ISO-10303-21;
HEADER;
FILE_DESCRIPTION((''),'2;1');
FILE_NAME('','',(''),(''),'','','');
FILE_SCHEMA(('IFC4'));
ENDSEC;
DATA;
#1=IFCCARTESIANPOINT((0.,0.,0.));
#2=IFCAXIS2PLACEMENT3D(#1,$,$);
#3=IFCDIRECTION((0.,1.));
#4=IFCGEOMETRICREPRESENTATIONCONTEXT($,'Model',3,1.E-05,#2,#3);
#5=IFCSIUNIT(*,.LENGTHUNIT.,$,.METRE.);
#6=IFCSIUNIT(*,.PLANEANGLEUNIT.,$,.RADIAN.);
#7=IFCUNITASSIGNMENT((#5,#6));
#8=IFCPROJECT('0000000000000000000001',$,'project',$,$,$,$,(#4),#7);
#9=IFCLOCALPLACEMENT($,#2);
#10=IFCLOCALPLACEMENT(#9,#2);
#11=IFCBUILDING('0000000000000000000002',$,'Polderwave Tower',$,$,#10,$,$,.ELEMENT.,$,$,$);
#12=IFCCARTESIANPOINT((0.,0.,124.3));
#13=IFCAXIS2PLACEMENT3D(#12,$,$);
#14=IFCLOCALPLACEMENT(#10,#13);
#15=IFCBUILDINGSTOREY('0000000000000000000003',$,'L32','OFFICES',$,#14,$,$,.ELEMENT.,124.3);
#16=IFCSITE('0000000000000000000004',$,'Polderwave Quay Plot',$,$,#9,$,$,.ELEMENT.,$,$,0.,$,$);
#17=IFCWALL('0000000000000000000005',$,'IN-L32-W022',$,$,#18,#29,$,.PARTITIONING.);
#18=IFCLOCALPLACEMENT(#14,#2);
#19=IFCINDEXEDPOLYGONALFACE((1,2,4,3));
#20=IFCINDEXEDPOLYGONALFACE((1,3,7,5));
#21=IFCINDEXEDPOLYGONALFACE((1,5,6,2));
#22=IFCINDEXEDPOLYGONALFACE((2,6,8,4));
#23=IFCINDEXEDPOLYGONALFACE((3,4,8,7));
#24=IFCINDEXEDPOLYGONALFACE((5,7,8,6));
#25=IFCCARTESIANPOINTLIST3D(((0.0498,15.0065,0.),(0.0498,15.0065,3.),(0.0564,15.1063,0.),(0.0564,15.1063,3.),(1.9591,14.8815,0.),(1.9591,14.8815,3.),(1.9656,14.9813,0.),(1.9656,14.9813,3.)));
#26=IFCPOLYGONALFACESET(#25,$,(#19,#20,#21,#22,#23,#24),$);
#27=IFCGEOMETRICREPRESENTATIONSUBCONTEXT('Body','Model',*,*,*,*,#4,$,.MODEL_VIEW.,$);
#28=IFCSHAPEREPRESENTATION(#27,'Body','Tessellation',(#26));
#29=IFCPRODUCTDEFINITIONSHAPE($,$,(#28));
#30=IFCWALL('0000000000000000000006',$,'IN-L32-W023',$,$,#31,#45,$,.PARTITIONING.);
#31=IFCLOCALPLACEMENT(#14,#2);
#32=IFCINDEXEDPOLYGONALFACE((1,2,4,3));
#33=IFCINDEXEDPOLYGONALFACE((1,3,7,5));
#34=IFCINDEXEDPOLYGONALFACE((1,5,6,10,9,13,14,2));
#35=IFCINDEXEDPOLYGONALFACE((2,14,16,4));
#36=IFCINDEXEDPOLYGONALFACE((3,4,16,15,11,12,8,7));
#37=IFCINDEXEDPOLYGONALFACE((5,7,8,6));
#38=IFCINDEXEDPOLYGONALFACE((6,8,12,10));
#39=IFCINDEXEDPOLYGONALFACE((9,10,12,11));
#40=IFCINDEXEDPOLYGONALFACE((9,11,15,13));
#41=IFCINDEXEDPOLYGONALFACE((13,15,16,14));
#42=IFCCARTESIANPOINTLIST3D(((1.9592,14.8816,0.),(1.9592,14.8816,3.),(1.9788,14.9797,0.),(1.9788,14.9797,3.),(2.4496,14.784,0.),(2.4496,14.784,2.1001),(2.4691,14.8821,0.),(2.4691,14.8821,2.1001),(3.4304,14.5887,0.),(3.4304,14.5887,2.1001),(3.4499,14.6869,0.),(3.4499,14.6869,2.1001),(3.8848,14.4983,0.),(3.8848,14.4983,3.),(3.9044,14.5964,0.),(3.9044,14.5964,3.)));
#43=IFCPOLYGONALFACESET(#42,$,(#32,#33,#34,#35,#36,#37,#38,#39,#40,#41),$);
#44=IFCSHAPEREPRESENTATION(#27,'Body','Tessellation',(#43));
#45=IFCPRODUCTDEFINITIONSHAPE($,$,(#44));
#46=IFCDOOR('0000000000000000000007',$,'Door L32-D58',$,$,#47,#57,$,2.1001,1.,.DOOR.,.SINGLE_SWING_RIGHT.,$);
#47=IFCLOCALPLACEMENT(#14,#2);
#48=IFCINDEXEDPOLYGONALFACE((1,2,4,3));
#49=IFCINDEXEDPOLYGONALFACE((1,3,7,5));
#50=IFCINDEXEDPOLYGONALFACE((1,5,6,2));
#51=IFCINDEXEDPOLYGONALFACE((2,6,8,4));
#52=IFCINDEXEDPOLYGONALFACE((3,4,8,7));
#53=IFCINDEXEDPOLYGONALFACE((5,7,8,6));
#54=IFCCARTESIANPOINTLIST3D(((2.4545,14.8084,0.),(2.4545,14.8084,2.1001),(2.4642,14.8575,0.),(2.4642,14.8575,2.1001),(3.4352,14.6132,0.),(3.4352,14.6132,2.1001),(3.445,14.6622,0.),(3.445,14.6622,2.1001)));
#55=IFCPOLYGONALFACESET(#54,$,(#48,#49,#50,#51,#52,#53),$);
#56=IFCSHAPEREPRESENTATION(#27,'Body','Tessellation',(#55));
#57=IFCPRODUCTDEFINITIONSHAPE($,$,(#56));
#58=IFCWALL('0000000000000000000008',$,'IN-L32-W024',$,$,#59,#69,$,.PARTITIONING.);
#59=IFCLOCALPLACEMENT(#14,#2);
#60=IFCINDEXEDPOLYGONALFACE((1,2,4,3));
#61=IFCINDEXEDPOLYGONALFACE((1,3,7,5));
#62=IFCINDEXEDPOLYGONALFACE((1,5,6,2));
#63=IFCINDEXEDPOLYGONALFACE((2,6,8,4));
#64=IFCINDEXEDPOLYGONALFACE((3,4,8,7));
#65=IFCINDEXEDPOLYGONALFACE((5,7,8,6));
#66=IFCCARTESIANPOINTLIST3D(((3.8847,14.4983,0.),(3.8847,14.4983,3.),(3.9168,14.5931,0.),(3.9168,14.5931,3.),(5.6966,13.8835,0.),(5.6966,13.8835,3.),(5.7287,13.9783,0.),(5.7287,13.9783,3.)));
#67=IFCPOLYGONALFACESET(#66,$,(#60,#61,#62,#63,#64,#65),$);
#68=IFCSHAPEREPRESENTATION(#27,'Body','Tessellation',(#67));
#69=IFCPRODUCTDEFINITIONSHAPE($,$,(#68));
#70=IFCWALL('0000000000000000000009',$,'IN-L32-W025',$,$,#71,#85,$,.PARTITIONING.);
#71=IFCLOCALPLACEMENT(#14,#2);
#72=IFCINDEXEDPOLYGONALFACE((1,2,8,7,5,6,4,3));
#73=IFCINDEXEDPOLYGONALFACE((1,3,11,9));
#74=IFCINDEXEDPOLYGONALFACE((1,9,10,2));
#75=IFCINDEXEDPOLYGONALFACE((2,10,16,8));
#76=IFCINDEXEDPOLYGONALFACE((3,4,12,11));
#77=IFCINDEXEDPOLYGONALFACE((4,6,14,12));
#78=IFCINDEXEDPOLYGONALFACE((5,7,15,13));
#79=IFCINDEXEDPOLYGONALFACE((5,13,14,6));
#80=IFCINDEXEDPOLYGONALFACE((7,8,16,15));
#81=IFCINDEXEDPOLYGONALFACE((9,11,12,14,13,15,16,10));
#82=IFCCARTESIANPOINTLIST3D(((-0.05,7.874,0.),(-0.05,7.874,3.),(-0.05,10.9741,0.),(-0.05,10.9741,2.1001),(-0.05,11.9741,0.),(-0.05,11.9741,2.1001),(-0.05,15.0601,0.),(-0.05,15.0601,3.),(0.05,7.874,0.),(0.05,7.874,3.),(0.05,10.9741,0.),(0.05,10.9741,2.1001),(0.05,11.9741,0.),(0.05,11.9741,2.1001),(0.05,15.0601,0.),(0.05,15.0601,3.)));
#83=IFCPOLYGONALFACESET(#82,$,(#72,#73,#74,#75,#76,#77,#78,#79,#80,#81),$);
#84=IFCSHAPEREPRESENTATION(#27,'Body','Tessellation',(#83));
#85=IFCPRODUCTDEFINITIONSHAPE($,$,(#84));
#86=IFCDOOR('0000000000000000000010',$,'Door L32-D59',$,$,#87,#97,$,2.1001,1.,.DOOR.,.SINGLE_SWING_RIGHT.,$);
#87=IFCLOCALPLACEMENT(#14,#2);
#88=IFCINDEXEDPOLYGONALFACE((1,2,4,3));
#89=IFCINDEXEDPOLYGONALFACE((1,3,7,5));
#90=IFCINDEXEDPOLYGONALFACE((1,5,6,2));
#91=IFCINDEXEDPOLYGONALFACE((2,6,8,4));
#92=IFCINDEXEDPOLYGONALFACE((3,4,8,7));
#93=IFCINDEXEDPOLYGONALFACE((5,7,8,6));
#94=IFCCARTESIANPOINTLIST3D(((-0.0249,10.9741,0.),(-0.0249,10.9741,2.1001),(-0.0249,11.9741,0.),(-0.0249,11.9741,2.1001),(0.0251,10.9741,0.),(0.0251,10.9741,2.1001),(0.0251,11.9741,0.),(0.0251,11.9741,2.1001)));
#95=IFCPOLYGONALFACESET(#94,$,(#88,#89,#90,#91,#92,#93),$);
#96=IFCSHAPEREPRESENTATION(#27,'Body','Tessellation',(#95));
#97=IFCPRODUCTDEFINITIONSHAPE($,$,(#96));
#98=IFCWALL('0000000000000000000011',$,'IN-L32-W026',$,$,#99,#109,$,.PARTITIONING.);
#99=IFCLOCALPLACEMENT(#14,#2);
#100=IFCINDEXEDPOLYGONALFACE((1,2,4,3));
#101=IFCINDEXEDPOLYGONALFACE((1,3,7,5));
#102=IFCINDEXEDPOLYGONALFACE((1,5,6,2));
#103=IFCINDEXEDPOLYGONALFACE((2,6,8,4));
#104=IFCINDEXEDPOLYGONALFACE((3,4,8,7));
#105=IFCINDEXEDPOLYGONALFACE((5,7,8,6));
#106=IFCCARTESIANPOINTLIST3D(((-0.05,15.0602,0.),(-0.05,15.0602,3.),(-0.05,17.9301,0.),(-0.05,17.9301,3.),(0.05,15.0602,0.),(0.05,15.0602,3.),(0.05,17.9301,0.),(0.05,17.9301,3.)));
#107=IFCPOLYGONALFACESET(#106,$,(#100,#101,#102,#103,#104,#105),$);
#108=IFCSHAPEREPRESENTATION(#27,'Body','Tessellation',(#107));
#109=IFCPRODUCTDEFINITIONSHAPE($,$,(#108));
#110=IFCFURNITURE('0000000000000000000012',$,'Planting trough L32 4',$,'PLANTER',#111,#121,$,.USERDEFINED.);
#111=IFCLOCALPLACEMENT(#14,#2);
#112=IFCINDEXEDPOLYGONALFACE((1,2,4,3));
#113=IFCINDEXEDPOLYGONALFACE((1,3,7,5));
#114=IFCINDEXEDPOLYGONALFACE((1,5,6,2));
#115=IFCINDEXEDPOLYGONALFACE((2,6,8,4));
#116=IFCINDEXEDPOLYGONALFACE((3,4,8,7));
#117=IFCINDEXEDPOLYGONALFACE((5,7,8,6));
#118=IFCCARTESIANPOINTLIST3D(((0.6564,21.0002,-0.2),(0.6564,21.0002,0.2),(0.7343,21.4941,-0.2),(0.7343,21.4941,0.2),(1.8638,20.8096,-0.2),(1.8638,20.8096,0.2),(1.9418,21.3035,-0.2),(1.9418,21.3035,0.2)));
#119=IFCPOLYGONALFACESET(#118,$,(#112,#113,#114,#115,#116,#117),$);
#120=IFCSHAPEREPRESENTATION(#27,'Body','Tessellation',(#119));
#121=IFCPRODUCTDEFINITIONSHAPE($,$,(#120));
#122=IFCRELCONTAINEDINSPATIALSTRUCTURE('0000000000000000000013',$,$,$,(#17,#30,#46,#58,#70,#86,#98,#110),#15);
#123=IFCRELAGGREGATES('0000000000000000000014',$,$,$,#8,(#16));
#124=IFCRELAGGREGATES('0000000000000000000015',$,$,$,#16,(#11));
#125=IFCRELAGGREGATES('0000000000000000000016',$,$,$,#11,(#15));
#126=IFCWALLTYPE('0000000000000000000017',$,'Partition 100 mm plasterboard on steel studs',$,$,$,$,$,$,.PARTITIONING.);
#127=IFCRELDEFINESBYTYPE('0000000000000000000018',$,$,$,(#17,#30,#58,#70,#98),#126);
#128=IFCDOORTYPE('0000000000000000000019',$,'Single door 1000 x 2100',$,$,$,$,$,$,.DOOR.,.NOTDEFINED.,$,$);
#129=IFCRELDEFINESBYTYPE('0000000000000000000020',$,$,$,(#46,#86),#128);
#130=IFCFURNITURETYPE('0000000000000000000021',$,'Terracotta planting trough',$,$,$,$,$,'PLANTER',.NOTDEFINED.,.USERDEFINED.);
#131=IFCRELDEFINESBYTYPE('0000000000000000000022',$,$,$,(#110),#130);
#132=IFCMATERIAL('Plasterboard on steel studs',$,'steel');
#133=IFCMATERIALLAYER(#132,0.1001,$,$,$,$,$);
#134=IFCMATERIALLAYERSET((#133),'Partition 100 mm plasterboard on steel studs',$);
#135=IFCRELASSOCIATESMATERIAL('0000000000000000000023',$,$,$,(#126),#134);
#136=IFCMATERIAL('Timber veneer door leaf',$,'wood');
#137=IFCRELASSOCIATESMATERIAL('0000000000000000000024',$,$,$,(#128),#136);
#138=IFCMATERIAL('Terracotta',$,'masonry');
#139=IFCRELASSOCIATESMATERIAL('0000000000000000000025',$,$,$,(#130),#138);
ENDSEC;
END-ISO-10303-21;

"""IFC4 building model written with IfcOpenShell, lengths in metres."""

from ifc_helpers import new_model, si_unit, direction, frame, frame_2d, origin, origin_2d, place, context, subcontext, project, spatial, rectangle, extrude, material, layer, layer_set, type_object, element, fill, save


model = new_model("IFC4")

# Units and contexts
model_context = context("Model", 3, precision=1e-05, world=origin(), true_north=direction((0.0, 1.0)))
body_context = subcontext(model_context, "Body", "Model", "MODEL_VIEW")
ifc_project = project(units=[si_unit("LENGTHUNIT", "METRE"), si_unit("PLANEANGLEUNIT", "RADIAN")], contexts=[model_context])

# Site, building, storey
site_placement = place(None, origin())
site = spatial("IfcSite", under=ifc_project, at=site_placement, Name="Polderwave Quay Plot", CompositionType="ELEMENT", RefElevation=0.0)
building_placement = place(site_placement, origin())
building = spatial("IfcBuilding", under=site, at=building_placement, Name="Polderwave Tower", CompositionType="ELEMENT")
storey_placement = place(building_placement, frame((0.0, 0.0, 124.3)))
storey = spatial("IfcBuildingStorey", under=building, at=storey_placement, Name="L32", Description="OFFICES", CompositionType="ELEMENT", Elevation=124.3)

# Shared definitions
ifc_material_1 = material(Name="Plasterboard on steel studs", Category="steel")
ifc_layer_1 = layer(ifc_material_1, 0.1001)
ifc_layer_set_1 = layer_set([ifc_layer_1], Name="Partition 100 mm plasterboard on steel studs")
wall_type_1 = type_object("IfcWallType", Name="Partition 100 mm plasterboard on steel studs", PredefinedType="PARTITIONING", material=ifc_layer_set_1)
ifc_material_2 = material(Name="Timber veneer door leaf", Category="wood")
door_type = type_object("IfcDoorType", Name="Single door 1000 x 2100", OperationType="NOTDEFINED", PredefinedType="DOOR", material=ifc_material_2)

# Wall
wall_1_placement = place(storey_placement, frame((0.0532, 15.0564, 0.0), z_axis=(0.0, 0.0, 1.0), x_axis=(0.997864, -0.065333, 0.0)))
element("IfcWall", 1, at=wall_1_placement, inside=storey, type_object=wall_type_1, Name="IN-L32-W022", PredefinedType="PARTITIONING", context=body_context, shape_type="SweptSolid", body=[
    extrude(rectangle(XDim=1.9133, YDim=0.1001, at=frame_2d((0.9565, 0.0))), origin(), (0.0, 0.0, 1.0), 3.0),
])

# Wall, opening, door
wall_2_placement = place(storey_placement, frame((1.969, 14.9307, 0.0), z_axis=(0.0, 0.0, 1.0), x_axis=(0.980757, -0.195231, 0.0)))
wall_2 = element("IfcWall", 2, at=wall_2_placement, inside=storey, type_object=wall_type_1, Name="IN-L32-W023", PredefinedType="PARTITIONING", context=body_context, shape_type="SweptSolid", body=[
    extrude(rectangle(XDim=1.9634, YDim=0.1001, at=frame_2d((0.9817, 0.0))), origin(), (0.0, 0.0, 1.0), 3.0),
])
opening_1_placement = place(wall_2_placement, frame((0.5, 0.0, 0.0)))
opening_1 = element("IfcOpeningElement", 3, at=opening_1_placement, cuts=wall_2, PredefinedType="OPENING", context=body_context, shape_type="SweptSolid", body=[
    extrude(rectangle(XDim=1.0, YDim=2.1001, at=frame_2d((0.5, 1.05))), frame((0.0, 0.0601, 0.0), z_axis=(0.0, -1.0, 0.0), x_axis=(1.0, 0.0, 0.0)), (0.0, 0.0, 1.0), 0.1201),
])
door_1_placement = place(opening_1_placement, origin())
door_1 = element("IfcDoor", 4, at=door_1_placement, inside=storey, type_object=door_type, Name="Door L32-D58", OperationType="SINGLE_SWING_RIGHT", OverallHeight=2.1001, OverallWidth=1.0, PredefinedType="DOOR", context=body_context, shape_type="SweptSolid", body=[
    extrude(rectangle(XDim=1.0, YDim=2.1001, at=frame_2d((0.5, 1.05))), frame((0.0, 0.0249, 0.0), z_axis=(0.0, -1.0, 0.0), x_axis=(1.0, 0.0, 0.0)), (0.0, 0.0, 1.0), 0.05),
])
fill(opening_1, door_1)

# Wall
wall_3_placement = place(storey_placement, frame((3.9009, 14.5457, 0.0), z_axis=(0.0, 0.0, 1.0), x_axis=(0.946972, -0.321315, 0.0)))
element("IfcWall", 5, at=wall_3_placement, inside=storey, type_object=wall_type_1, Name="IN-L32-W024", PredefinedType="PARTITIONING", context=body_context, shape_type="SweptSolid", body=[
    extrude(rectangle(XDim=1.9133, YDim=0.1001, at=frame_2d((0.9565, 0.0))), origin(), (0.0, 0.0, 1.0), 3.0),
])

# Wall, opening, door
wall_4_placement = place(storey_placement, frame((0.0, 7.874, 0.0), z_axis=(0.0, 0.0, 1.0), x_axis=(0.0, 1.0, 0.0)))
wall_4 = element("IfcWall", 6, at=wall_4_placement, inside=storey, type_object=wall_type_1, Name="IN-L32-W025", PredefinedType="PARTITIONING", context=body_context, shape_type="SweptSolid", body=[
    extrude(rectangle(XDim=7.186, YDim=0.1001, at=frame_2d((3.593, 0.0))), origin(), (0.0, 0.0, 1.0), 3.0),
])
opening_2_placement = place(wall_4_placement, frame((3.1001, 0.0, 0.0)))
opening_2 = element("IfcOpeningElement", 7, at=opening_2_placement, cuts=wall_4, PredefinedType="OPENING", context=body_context, shape_type="SweptSolid", body=[
    extrude(rectangle(XDim=1.0, YDim=2.1001, at=frame_2d((0.5, 1.05))), frame((0.0, 0.0601, 0.0), z_axis=(0.0, -1.0, 0.0), x_axis=(1.0, 0.0, 0.0)), (0.0, 0.0, 1.0), 0.1201),
])
door_2_placement = place(opening_2_placement, origin())
door_2 = element("IfcDoor", 8, at=door_2_placement, inside=storey, type_object=door_type, Name="Door L32-D59", OperationType="SINGLE_SWING_RIGHT", OverallHeight=2.1001, OverallWidth=1.0, PredefinedType="DOOR", context=body_context, shape_type="SweptSolid", body=[
    extrude(rectangle(XDim=1.0, YDim=2.1001, at=frame_2d((0.5, 1.05))), frame((0.0, 0.0249, 0.0), z_axis=(0.0, -1.0, 0.0), x_axis=(1.0, 0.0, 0.0)), (0.0, 0.0, 1.0), 0.05),
])
fill(opening_2, door_2)

# Wall
wall_5_placement = place(storey_placement, frame((0.0, 15.0601, 0.0), z_axis=(0.0, 0.0, 1.0), x_axis=(0.0, 1.0, 0.0)))
element("IfcWall", 9, at=wall_5_placement, inside=storey, type_object=wall_type_1, Name="IN-L32-W026", PredefinedType="PARTITIONING", context=body_context, shape_type="SweptSolid", body=[
    extrude(rectangle(XDim=2.8699, YDim=0.1001, at=frame_2d((1.4351, 0.0))), origin(), (0.0, 0.0, 1.0), 3.0),
])

# Furniture
ifc_material_3 = material(Name="Terracotta", Category="masonry")
furniture_type = type_object("IfcFurnitureType", Name="Terracotta planting trough", ElementType="PLANTER", AssemblyPlace="NOTDEFINED", PredefinedType="USERDEFINED", material=ifc_material_3)
furniture_placement = place(storey_placement, frame((1.2991, 21.1519, -0.2), z_axis=(0.0, 0.0, 1.0), x_axis=(-0.987774, 0.155893, 0.0)))
element("IfcFurniture", 10, at=furniture_placement, inside=storey, type_object=furniture_type, Name="Planting trough L32 4", ObjectType="PLANTER", PredefinedType="USERDEFINED", context=body_context, shape_type="SweptSolid", body=[
    extrude(rectangle(XDim=1.2224, YDim=0.5, at=origin_2d()), origin(), (0.0, 0.0, 1.0), 0.3999),
])

save(model, "model.ifc")
